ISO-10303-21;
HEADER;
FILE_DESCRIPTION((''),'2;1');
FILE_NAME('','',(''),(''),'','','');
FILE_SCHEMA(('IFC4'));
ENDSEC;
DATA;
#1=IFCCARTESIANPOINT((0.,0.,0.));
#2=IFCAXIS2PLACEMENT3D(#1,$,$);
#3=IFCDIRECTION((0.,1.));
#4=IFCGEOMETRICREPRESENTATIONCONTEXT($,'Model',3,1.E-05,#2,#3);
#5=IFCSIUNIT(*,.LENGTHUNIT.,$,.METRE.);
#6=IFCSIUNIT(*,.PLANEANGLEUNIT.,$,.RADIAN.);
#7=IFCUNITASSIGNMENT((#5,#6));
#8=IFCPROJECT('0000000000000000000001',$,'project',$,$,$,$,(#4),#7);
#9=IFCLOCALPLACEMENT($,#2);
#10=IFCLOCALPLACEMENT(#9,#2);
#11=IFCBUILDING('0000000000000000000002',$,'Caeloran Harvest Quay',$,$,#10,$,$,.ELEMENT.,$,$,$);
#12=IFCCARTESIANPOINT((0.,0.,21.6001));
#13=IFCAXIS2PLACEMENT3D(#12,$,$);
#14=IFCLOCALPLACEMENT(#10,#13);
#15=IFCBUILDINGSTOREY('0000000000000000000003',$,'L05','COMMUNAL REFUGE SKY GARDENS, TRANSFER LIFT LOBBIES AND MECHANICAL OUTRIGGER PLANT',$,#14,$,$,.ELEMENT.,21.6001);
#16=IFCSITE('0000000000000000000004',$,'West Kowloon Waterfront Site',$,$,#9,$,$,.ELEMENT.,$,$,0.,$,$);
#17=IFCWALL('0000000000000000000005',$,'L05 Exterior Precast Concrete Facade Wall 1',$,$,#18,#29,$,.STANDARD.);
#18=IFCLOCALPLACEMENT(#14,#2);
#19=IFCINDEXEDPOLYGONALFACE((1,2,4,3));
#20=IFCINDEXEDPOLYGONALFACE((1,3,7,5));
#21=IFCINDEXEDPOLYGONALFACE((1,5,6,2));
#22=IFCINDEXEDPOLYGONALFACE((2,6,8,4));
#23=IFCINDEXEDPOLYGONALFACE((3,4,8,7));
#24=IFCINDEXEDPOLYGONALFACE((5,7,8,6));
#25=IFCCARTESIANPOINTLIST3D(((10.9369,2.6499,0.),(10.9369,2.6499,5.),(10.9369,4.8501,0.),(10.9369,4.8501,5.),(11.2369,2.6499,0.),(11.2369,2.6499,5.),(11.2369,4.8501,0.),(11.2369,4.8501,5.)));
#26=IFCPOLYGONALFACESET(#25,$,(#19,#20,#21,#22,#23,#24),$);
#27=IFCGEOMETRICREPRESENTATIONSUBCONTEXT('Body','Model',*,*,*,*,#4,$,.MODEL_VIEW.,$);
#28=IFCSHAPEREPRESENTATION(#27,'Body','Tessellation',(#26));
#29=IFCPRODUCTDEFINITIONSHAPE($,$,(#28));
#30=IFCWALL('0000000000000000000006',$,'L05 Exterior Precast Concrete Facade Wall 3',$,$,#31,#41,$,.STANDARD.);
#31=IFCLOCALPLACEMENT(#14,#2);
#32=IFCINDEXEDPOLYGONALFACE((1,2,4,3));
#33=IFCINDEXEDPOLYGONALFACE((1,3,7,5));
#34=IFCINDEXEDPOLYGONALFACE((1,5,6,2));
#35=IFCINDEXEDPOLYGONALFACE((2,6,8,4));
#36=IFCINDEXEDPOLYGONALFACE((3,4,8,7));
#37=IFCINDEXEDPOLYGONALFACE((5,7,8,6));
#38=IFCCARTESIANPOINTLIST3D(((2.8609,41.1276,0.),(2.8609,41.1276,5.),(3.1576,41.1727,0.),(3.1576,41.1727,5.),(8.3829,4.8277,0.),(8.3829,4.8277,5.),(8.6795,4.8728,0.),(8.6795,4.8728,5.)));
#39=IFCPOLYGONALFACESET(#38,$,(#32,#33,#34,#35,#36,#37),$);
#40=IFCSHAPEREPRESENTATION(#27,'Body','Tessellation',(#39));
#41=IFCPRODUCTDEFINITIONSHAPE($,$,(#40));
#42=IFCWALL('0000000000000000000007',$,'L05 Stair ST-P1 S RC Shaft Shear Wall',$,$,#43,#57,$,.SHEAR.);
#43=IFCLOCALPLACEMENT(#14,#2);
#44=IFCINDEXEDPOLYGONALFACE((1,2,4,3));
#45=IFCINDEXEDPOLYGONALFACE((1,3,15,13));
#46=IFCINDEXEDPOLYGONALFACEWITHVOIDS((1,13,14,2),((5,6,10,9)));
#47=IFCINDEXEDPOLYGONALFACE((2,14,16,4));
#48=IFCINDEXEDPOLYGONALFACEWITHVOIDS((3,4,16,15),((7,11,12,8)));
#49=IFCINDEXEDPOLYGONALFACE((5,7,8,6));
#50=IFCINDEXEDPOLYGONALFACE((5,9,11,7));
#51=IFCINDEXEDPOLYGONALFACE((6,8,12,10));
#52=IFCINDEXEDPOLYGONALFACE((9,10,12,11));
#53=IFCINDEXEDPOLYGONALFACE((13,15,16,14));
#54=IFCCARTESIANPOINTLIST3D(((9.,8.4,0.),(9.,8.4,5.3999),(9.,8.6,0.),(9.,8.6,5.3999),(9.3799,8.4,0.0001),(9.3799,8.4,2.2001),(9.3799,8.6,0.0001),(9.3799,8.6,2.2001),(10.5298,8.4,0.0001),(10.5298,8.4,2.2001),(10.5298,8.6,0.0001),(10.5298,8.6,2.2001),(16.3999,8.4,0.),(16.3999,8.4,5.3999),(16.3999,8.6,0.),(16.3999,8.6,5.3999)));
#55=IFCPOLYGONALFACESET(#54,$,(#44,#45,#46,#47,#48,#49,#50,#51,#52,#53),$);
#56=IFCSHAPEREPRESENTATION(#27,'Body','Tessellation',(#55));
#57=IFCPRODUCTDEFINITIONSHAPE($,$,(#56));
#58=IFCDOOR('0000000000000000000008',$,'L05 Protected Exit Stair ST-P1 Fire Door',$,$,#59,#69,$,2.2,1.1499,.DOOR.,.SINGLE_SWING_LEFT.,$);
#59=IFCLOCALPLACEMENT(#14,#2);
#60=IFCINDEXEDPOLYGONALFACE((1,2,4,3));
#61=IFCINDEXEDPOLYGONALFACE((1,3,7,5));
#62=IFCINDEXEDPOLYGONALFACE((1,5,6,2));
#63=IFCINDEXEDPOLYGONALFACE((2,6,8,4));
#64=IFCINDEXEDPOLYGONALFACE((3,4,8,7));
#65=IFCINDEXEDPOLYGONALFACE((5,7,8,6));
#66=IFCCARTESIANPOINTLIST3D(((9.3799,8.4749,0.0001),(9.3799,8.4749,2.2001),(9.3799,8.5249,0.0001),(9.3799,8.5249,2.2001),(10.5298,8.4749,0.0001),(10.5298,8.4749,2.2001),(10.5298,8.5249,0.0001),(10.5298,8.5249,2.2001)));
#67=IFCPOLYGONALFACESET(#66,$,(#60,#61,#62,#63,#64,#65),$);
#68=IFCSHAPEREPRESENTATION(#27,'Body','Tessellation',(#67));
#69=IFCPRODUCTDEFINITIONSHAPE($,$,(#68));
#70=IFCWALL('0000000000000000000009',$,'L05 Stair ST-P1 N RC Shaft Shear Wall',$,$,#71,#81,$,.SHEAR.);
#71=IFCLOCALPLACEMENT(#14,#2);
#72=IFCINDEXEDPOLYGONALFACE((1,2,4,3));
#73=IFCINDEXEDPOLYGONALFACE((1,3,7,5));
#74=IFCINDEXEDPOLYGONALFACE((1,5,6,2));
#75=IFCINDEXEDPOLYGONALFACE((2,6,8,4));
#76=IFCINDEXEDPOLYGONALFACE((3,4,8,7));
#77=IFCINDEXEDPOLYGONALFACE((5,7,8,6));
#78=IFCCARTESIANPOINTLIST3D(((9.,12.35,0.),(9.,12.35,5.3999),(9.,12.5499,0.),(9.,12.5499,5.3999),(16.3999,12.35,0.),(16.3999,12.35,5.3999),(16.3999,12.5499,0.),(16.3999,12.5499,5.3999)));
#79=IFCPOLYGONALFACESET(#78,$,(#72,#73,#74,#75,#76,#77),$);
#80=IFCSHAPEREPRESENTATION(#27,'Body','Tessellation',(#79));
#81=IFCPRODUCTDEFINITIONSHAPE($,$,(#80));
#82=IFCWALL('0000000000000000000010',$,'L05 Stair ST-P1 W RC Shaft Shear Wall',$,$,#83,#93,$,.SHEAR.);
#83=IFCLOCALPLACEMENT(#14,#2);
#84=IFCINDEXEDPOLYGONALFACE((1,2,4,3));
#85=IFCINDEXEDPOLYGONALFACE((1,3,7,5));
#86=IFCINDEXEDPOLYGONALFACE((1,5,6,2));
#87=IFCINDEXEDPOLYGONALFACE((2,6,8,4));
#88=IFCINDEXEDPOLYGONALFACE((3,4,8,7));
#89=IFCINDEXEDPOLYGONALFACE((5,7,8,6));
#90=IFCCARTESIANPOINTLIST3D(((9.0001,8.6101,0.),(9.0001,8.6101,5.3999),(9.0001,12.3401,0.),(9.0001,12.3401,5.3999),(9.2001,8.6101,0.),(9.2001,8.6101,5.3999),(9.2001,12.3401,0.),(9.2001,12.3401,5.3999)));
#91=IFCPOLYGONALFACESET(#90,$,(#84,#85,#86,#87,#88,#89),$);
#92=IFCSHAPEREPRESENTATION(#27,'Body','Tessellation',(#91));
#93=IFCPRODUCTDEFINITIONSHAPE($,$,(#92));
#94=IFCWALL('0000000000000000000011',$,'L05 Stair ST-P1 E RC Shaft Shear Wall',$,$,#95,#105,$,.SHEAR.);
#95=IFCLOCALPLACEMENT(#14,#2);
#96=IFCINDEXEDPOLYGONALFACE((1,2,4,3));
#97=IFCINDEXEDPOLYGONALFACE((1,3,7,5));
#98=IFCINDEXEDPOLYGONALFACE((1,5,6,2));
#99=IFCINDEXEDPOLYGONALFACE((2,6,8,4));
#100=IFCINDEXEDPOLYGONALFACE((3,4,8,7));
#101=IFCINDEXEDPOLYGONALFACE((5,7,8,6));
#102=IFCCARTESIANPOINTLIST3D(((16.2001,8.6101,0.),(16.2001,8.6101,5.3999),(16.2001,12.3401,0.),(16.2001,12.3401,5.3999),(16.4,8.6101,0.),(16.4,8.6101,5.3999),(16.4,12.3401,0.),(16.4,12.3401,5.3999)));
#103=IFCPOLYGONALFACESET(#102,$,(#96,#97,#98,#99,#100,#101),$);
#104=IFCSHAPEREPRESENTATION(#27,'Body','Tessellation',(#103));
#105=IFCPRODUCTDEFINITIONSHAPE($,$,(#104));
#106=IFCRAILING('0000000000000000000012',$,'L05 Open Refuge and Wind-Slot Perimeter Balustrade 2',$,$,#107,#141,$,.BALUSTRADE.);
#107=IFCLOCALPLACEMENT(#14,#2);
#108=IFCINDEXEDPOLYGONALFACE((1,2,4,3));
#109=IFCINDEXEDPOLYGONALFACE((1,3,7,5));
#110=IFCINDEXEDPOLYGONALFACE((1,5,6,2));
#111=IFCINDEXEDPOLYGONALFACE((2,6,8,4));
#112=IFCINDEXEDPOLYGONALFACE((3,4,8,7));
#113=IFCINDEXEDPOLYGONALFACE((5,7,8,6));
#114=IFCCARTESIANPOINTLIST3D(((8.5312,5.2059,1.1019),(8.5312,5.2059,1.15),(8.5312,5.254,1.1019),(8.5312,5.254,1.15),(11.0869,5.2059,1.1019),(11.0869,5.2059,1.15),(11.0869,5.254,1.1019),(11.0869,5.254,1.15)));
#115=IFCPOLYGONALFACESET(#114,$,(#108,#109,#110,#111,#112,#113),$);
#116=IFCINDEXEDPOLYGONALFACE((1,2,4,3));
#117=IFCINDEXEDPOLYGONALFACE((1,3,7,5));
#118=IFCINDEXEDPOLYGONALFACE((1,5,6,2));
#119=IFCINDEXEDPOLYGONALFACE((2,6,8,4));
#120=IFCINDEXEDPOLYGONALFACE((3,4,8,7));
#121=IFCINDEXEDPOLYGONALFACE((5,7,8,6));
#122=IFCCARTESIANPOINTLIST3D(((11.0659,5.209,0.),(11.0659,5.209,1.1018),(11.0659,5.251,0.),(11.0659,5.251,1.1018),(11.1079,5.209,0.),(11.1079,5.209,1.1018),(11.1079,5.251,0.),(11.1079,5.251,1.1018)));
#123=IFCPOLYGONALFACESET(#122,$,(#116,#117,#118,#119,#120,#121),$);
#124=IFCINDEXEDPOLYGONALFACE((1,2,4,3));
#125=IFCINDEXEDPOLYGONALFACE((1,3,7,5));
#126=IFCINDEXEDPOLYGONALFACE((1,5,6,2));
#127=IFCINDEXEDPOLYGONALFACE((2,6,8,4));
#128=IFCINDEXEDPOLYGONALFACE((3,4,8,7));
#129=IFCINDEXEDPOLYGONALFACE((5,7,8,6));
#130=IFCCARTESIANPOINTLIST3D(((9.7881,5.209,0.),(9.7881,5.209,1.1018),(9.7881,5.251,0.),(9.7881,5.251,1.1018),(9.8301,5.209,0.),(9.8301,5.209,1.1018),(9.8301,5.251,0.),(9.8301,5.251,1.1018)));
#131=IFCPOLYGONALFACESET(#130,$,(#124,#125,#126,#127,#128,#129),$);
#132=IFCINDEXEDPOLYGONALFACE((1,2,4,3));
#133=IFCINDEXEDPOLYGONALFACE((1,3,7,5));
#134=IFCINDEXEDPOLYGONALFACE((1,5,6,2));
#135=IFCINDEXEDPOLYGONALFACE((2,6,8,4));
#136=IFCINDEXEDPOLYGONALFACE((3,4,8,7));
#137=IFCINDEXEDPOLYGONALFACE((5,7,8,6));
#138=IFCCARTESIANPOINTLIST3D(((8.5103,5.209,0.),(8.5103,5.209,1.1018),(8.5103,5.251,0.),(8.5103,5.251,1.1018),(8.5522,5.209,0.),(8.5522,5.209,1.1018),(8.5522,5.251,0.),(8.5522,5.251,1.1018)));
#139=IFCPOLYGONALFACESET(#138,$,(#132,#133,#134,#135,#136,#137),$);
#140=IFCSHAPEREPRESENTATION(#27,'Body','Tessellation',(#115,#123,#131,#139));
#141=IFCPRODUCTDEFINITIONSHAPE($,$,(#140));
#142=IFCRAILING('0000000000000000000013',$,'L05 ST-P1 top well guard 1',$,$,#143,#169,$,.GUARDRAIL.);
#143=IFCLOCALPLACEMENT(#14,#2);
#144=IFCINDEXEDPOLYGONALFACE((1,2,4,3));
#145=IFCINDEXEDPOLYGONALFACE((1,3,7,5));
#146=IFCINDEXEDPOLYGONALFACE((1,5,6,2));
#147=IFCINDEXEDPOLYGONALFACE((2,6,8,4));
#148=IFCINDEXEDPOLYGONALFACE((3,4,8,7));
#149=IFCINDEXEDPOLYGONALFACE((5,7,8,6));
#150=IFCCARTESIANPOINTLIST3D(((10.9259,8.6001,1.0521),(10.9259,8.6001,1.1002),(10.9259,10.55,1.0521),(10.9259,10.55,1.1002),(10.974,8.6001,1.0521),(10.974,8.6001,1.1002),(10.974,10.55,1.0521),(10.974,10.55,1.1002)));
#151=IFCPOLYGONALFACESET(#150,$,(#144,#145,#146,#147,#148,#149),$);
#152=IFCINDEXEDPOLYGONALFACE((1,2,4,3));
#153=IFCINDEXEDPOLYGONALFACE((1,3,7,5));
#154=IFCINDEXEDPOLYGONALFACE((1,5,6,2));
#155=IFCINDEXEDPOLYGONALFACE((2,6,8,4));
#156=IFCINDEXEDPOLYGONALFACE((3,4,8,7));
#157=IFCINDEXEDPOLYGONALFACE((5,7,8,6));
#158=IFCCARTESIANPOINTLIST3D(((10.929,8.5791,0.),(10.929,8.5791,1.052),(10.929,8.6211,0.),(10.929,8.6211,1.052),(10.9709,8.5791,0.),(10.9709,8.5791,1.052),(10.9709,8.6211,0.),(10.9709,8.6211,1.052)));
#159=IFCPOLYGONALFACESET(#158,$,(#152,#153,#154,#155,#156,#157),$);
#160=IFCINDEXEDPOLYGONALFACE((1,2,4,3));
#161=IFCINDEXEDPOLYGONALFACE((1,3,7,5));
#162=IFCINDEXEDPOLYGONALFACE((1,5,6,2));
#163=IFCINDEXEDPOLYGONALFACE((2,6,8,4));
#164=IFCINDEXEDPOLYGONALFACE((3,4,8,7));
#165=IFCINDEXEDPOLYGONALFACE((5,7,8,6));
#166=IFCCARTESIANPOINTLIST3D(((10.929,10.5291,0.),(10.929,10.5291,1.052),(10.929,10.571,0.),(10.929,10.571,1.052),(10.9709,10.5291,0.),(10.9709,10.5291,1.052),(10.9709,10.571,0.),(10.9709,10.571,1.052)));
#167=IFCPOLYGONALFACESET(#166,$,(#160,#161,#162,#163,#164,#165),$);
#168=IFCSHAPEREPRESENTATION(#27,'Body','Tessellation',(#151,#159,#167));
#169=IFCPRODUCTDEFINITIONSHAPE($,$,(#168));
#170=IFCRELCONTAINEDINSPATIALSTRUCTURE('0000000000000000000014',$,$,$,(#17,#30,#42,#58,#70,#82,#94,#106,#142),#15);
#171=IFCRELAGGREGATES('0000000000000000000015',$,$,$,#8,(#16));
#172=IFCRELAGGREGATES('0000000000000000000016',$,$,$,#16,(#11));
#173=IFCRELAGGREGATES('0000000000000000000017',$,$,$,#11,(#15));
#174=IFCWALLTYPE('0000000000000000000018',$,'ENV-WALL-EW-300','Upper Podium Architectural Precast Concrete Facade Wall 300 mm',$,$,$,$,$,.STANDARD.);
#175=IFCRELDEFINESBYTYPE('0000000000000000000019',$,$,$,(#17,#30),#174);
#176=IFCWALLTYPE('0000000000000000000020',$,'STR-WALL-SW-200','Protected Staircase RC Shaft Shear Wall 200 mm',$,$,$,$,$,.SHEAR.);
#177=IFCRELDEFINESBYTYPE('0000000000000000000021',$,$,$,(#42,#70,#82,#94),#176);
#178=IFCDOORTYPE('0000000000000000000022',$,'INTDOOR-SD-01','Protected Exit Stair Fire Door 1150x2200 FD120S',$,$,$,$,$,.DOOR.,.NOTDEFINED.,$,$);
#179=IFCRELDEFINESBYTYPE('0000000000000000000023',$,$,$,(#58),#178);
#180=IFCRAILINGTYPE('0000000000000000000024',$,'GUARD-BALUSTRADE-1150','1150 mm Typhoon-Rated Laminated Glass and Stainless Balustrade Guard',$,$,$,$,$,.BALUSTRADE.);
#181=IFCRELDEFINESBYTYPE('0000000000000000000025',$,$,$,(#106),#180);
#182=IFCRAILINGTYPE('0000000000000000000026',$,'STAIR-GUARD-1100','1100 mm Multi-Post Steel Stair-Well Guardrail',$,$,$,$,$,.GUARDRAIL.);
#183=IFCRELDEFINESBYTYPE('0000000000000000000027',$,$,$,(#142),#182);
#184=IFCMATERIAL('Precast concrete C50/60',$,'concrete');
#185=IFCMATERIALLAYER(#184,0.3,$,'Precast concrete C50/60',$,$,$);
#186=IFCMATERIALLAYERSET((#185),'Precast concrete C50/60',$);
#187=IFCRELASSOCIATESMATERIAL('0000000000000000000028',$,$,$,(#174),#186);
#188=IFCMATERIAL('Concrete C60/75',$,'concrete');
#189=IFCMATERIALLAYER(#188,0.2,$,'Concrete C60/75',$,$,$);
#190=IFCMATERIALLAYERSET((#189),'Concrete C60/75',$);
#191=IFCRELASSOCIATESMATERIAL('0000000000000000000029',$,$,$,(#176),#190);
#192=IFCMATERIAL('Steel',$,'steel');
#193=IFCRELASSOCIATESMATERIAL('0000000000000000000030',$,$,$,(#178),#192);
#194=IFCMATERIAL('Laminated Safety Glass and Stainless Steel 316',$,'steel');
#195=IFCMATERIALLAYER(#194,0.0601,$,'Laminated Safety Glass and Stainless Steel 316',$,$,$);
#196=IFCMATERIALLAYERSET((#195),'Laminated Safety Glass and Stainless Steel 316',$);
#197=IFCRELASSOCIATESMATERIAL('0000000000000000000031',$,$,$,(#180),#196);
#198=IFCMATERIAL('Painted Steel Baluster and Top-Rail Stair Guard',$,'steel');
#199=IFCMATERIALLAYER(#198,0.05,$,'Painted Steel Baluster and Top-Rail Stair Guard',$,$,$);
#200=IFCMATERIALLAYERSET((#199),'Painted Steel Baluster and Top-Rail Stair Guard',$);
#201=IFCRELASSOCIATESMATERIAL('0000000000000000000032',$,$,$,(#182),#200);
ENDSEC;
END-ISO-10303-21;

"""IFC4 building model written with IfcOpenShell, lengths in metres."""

from ifc_helpers import new_model, si_unit, direction, frame, frame_2d, origin, origin_2d, place, context, subcontext, project, spatial, rectangle, extrude, material, layer, layer_set, type_object, element, fill, save


model = new_model("IFC4")

# Units and contexts
model_context = context("Model", 3, precision=1e-05, world=origin(), true_north=direction((0.0, 1.0)))
body_context = subcontext(model_context, "Body", "Model", "MODEL_VIEW")
ifc_project = project(units=[si_unit("LENGTHUNIT", "METRE"), si_unit("PLANEANGLEUNIT", "RADIAN")], contexts=[model_context])

# Site, building, storey
site_placement = place(None, origin())
site = spatial("IfcSite", under=ifc_project, at=site_placement, Name="West Kowloon Waterfront Site", CompositionType="ELEMENT", RefElevation=0.0)
building_placement = place(site_placement, origin())
building = spatial("IfcBuilding", under=site, at=building_placement, Name="Caeloran Harvest Quay", CompositionType="ELEMENT")
storey_placement = place(building_placement, frame((0.0, 0.0, 21.6001)))
storey = spatial("IfcBuildingStorey", under=building, at=storey_placement, Name="L05", Description="COMMUNAL REFUGE SKY GARDENS, TRANSFER LIFT LOBBIES AND MECHANICAL OUTRIGGER PLANT", CompositionType="ELEMENT", Elevation=21.6001)

# Walls
ifc_material_1 = material(Name="Precast concrete C50/60", Category="concrete")
ifc_layer_1 = layer(ifc_material_1, 0.3, Name="Precast concrete C50/60")
ifc_layer_set_1 = layer_set([ifc_layer_1], Name="Precast concrete C50/60")
wall_type_1 = type_object("IfcWallType", Name="ENV-WALL-EW-300", Description="Upper Podium Architectural Precast Concrete Facade Wall 300 mm", PredefinedType="STANDARD", material=ifc_layer_set_1)
wall_1_placement = place(storey_placement, frame((11.0869, 2.6499, 0.0), z_axis=(0.0, 0.0, 1.0), x_axis=(0.0, 1.0, 0.0)))
element("IfcWall", 1, at=wall_1_placement, inside=storey, type_object=wall_type_1, Name="L05 Exterior Precast Concrete Facade Wall 1", PredefinedType="STANDARD", context=body_context, shape_type="SweptSolid", body=[
    extrude(rectangle(XDim=2.2002, YDim=0.3, at=frame_2d((1.1001, 0.0))), origin(), (0.0, 0.0, 1.0), 5.0),
])
wall_2_placement = place(storey_placement, frame((8.5312, 4.8501, 0.0), z_axis=(0.0, 0.0, 1.0), x_axis=(-0.150391, 0.988627, 0.0)))
element("IfcWall", 2, at=wall_2_placement, inside=storey, type_object=wall_type_1, Name="L05 Exterior Precast Concrete Facade Wall 3", PredefinedType="STANDARD", context=body_context, shape_type="SweptSolid", body=[
    extrude(rectangle(XDim=36.7175, YDim=0.3, at=frame_2d((18.3589, 0.0))), origin(), (0.0, 0.0, 1.0), 5.0),
])

# Wall, opening, door
ifc_material_2 = material(Name="Concrete C60/75", Category="concrete")
ifc_layer_2 = layer(ifc_material_2, 0.2, Name="Concrete C60/75")
ifc_layer_set_2 = layer_set([ifc_layer_2], Name="Concrete C60/75")
wall_type_2 = type_object("IfcWallType", Name="STR-WALL-SW-200", Description="Protected Staircase RC Shaft Shear Wall 200 mm", PredefinedType="SHEAR", material=ifc_layer_set_2)
wall_3_placement = place(storey_placement, frame((9.0, 8.5, 0.0), z_axis=(0.0, 0.0, 1.0), x_axis=(1.0, 0.0, 0.0)))
wall_3 = element("IfcWall", 3, at=wall_3_placement, inside=storey, type_object=wall_type_2, Name="L05 Stair ST-P1 S RC Shaft Shear Wall", PredefinedType="SHEAR", context=body_context, shape_type="SweptSolid", body=[
    extrude(rectangle(XDim=7.3999, YDim=0.2, at=frame_2d((3.7, 0.0))), origin(), (0.0, 0.0, 1.0), 5.3999),
])
opening_placement = place(wall_3_placement, frame((0.3799, 0.0, 0.0)))
opening = element("IfcOpeningElement", 4, at=opening_placement, cuts=wall_3, PredefinedType="OPENING", context=body_context, shape_type="SweptSolid", body=[
    extrude(rectangle(XDim=1.1499, YDim=2.2, at=frame_2d((0.575, 1.1001))), frame((0.0, 0.1099, 0.0), z_axis=(0.0, -1.0, 0.0), x_axis=(1.0, 0.0, 0.0)), (0.0, 0.0, 1.0), 0.22),
])
ifc_material_3 = material(Name="Steel", Category="steel")
door_type = type_object("IfcDoorType", Name="INTDOOR-SD-01", Description="Protected Exit Stair Fire Door 1150x2200 FD120S", OperationType="NOTDEFINED", PredefinedType="DOOR", material=ifc_material_3)
door_placement = place(opening_placement, origin())
door = element("IfcDoor", 5, at=door_placement, inside=storey, type_object=door_type, Name="L05 Protected Exit Stair ST-P1 Fire Door", OperationType="SINGLE_SWING_LEFT", OverallHeight=2.2, OverallWidth=1.1499, PredefinedType="DOOR", context=body_context, shape_type="SweptSolid", body=[
    extrude(rectangle(XDim=1.1499, YDim=2.2, at=frame_2d((0.575, 1.1001))), frame((0.0, 0.0249, 0.0), z_axis=(0.0, -1.0, 0.0), x_axis=(1.0, 0.0, 0.0)), (0.0, 0.0, 1.0), 0.05),
])
fill(opening, door)

# Walls
wall_4_placement = place(storey_placement, frame((9.0, 12.45, 0.0), z_axis=(0.0, 0.0, 1.0), x_axis=(1.0, 0.0, 0.0)))
element("IfcWall", 6, at=wall_4_placement, inside=storey, type_object=wall_type_2, Name="L05 Stair ST-P1 N RC Shaft Shear Wall", PredefinedType="SHEAR", context=body_context, shape_type="SweptSolid", body=[
    extrude(rectangle(XDim=7.3999, YDim=0.2, at=frame_2d((3.7, 0.0))), origin(), (0.0, 0.0, 1.0), 5.3999),
])
for number, where, z_axis, x_axis, name in (
    (7, (9.1001, 8.6101, 0.0), (0.0, 0.0, 1.0), (0.0, 1.0, 0.0), "L05 Stair ST-P1 W RC Shaft Shear Wall"),
    (8, (16.3, 8.6101, 0.0), (0.0, 0.0, 1.0), (0.0, 1.0, 0.0), "L05 Stair ST-P1 E RC Shaft Shear Wall"),
):
    element("IfcWall", number, at=place(storey_placement, frame(where, z_axis=z_axis, x_axis=x_axis)), inside=storey, type_object=wall_type_2, Name=name, PredefinedType="SHEAR", context=body_context, shape_type="SweptSolid", body=[
        extrude(rectangle(XDim=3.73, YDim=0.2, at=frame_2d((1.865, 0.0))), origin(), (0.0, 0.0, 1.0), 5.3999),
    ])

# Railings
ifc_material_4 = material(Name="Laminated Safety Glass and Stainless Steel 316", Category="steel")
ifc_layer_3 = layer(ifc_material_4, 0.0601, Name="Laminated Safety Glass and Stainless Steel 316")
ifc_layer_set_3 = layer_set([ifc_layer_3], Name="Laminated Safety Glass and Stainless Steel 316")
railing_type_1 = type_object("IfcRailingType", Name="GUARD-BALUSTRADE-1150", Description="1150 mm Typhoon-Rated Laminated Glass and Stainless Balustrade Guard", PredefinedType="BALUSTRADE", material=ifc_layer_set_3)
railing_1_placement = place(storey_placement, frame((11.0869, 5.23, 0.0)))
element("IfcRailing", 9, at=railing_1_placement, inside=storey, type_object=railing_type_1, Name="L05 Open Refuge and Wind-Slot Perimeter Balustrade 2", PredefinedType="BALUSTRADE", context=body_context, shape_type="SweptSolid", body=[
    extrude(rectangle(XDim=0.0481, YDim=0.0481, at=origin_2d()), frame((0.0, 0.0, 1.126), z_axis=(-1.0, 0.0, 0.0), x_axis=(0.0, -1.0, 0.0)), (0.0, 0.0, 1.0), 2.5557),
    extrude(rectangle(XDim=0.042, YDim=0.042, at=origin_2d()), origin(), (0.0, 0.0, 1.0), 1.1018),
    extrude(rectangle(XDim=0.042, YDim=0.042, at=origin_2d()), frame((-1.2778, 0.0, 0.0)), (0.0, 0.0, 1.0), 1.1018),
    extrude(rectangle(XDim=0.042, YDim=0.042, at=origin_2d()), frame((-2.5557, 0.0, 0.0)), (0.0, 0.0, 1.0), 1.1018),
])
ifc_material_5 = material(Name="Painted Steel Baluster and Top-Rail Stair Guard", Category="steel")
ifc_layer_4 = layer(ifc_material_5, 0.05, Name="Painted Steel Baluster and Top-Rail Stair Guard")
ifc_layer_set_4 = layer_set([ifc_layer_4], Name="Painted Steel Baluster and Top-Rail Stair Guard")
railing_type_2 = type_object("IfcRailingType", Name="STAIR-GUARD-1100", Description="1100 mm Multi-Post Steel Stair-Well Guardrail", PredefinedType="GUARDRAIL", material=ifc_layer_set_4)
railing_2_placement = place(storey_placement, frame((10.95, 8.6001, 0.0)))
element("IfcRailing", 10, at=railing_2_placement, inside=storey, type_object=railing_type_2, Name="L05 ST-P1 top well guard 1", PredefinedType="GUARDRAIL", context=body_context, shape_type="SweptSolid", body=[
    extrude(rectangle(XDim=0.0481, YDim=0.0481, at=origin_2d()), frame((0.0, 0.0, 1.0762), z_axis=(0.0, 1.0, 0.0), x_axis=(-1.0, 0.0, 0.0)), (0.0, 0.0, 1.0), 1.95),
    extrude(rectangle(XDim=0.042, YDim=0.042, at=origin_2d()), origin(), (0.0, 0.0, 1.0), 1.052),
    extrude(rectangle(XDim=0.042, YDim=0.042, at=origin_2d()), frame((0.0, 1.95, 0.0)), (0.0, 0.0, 1.0), 1.052),
])

save(model, "model.ifc")
